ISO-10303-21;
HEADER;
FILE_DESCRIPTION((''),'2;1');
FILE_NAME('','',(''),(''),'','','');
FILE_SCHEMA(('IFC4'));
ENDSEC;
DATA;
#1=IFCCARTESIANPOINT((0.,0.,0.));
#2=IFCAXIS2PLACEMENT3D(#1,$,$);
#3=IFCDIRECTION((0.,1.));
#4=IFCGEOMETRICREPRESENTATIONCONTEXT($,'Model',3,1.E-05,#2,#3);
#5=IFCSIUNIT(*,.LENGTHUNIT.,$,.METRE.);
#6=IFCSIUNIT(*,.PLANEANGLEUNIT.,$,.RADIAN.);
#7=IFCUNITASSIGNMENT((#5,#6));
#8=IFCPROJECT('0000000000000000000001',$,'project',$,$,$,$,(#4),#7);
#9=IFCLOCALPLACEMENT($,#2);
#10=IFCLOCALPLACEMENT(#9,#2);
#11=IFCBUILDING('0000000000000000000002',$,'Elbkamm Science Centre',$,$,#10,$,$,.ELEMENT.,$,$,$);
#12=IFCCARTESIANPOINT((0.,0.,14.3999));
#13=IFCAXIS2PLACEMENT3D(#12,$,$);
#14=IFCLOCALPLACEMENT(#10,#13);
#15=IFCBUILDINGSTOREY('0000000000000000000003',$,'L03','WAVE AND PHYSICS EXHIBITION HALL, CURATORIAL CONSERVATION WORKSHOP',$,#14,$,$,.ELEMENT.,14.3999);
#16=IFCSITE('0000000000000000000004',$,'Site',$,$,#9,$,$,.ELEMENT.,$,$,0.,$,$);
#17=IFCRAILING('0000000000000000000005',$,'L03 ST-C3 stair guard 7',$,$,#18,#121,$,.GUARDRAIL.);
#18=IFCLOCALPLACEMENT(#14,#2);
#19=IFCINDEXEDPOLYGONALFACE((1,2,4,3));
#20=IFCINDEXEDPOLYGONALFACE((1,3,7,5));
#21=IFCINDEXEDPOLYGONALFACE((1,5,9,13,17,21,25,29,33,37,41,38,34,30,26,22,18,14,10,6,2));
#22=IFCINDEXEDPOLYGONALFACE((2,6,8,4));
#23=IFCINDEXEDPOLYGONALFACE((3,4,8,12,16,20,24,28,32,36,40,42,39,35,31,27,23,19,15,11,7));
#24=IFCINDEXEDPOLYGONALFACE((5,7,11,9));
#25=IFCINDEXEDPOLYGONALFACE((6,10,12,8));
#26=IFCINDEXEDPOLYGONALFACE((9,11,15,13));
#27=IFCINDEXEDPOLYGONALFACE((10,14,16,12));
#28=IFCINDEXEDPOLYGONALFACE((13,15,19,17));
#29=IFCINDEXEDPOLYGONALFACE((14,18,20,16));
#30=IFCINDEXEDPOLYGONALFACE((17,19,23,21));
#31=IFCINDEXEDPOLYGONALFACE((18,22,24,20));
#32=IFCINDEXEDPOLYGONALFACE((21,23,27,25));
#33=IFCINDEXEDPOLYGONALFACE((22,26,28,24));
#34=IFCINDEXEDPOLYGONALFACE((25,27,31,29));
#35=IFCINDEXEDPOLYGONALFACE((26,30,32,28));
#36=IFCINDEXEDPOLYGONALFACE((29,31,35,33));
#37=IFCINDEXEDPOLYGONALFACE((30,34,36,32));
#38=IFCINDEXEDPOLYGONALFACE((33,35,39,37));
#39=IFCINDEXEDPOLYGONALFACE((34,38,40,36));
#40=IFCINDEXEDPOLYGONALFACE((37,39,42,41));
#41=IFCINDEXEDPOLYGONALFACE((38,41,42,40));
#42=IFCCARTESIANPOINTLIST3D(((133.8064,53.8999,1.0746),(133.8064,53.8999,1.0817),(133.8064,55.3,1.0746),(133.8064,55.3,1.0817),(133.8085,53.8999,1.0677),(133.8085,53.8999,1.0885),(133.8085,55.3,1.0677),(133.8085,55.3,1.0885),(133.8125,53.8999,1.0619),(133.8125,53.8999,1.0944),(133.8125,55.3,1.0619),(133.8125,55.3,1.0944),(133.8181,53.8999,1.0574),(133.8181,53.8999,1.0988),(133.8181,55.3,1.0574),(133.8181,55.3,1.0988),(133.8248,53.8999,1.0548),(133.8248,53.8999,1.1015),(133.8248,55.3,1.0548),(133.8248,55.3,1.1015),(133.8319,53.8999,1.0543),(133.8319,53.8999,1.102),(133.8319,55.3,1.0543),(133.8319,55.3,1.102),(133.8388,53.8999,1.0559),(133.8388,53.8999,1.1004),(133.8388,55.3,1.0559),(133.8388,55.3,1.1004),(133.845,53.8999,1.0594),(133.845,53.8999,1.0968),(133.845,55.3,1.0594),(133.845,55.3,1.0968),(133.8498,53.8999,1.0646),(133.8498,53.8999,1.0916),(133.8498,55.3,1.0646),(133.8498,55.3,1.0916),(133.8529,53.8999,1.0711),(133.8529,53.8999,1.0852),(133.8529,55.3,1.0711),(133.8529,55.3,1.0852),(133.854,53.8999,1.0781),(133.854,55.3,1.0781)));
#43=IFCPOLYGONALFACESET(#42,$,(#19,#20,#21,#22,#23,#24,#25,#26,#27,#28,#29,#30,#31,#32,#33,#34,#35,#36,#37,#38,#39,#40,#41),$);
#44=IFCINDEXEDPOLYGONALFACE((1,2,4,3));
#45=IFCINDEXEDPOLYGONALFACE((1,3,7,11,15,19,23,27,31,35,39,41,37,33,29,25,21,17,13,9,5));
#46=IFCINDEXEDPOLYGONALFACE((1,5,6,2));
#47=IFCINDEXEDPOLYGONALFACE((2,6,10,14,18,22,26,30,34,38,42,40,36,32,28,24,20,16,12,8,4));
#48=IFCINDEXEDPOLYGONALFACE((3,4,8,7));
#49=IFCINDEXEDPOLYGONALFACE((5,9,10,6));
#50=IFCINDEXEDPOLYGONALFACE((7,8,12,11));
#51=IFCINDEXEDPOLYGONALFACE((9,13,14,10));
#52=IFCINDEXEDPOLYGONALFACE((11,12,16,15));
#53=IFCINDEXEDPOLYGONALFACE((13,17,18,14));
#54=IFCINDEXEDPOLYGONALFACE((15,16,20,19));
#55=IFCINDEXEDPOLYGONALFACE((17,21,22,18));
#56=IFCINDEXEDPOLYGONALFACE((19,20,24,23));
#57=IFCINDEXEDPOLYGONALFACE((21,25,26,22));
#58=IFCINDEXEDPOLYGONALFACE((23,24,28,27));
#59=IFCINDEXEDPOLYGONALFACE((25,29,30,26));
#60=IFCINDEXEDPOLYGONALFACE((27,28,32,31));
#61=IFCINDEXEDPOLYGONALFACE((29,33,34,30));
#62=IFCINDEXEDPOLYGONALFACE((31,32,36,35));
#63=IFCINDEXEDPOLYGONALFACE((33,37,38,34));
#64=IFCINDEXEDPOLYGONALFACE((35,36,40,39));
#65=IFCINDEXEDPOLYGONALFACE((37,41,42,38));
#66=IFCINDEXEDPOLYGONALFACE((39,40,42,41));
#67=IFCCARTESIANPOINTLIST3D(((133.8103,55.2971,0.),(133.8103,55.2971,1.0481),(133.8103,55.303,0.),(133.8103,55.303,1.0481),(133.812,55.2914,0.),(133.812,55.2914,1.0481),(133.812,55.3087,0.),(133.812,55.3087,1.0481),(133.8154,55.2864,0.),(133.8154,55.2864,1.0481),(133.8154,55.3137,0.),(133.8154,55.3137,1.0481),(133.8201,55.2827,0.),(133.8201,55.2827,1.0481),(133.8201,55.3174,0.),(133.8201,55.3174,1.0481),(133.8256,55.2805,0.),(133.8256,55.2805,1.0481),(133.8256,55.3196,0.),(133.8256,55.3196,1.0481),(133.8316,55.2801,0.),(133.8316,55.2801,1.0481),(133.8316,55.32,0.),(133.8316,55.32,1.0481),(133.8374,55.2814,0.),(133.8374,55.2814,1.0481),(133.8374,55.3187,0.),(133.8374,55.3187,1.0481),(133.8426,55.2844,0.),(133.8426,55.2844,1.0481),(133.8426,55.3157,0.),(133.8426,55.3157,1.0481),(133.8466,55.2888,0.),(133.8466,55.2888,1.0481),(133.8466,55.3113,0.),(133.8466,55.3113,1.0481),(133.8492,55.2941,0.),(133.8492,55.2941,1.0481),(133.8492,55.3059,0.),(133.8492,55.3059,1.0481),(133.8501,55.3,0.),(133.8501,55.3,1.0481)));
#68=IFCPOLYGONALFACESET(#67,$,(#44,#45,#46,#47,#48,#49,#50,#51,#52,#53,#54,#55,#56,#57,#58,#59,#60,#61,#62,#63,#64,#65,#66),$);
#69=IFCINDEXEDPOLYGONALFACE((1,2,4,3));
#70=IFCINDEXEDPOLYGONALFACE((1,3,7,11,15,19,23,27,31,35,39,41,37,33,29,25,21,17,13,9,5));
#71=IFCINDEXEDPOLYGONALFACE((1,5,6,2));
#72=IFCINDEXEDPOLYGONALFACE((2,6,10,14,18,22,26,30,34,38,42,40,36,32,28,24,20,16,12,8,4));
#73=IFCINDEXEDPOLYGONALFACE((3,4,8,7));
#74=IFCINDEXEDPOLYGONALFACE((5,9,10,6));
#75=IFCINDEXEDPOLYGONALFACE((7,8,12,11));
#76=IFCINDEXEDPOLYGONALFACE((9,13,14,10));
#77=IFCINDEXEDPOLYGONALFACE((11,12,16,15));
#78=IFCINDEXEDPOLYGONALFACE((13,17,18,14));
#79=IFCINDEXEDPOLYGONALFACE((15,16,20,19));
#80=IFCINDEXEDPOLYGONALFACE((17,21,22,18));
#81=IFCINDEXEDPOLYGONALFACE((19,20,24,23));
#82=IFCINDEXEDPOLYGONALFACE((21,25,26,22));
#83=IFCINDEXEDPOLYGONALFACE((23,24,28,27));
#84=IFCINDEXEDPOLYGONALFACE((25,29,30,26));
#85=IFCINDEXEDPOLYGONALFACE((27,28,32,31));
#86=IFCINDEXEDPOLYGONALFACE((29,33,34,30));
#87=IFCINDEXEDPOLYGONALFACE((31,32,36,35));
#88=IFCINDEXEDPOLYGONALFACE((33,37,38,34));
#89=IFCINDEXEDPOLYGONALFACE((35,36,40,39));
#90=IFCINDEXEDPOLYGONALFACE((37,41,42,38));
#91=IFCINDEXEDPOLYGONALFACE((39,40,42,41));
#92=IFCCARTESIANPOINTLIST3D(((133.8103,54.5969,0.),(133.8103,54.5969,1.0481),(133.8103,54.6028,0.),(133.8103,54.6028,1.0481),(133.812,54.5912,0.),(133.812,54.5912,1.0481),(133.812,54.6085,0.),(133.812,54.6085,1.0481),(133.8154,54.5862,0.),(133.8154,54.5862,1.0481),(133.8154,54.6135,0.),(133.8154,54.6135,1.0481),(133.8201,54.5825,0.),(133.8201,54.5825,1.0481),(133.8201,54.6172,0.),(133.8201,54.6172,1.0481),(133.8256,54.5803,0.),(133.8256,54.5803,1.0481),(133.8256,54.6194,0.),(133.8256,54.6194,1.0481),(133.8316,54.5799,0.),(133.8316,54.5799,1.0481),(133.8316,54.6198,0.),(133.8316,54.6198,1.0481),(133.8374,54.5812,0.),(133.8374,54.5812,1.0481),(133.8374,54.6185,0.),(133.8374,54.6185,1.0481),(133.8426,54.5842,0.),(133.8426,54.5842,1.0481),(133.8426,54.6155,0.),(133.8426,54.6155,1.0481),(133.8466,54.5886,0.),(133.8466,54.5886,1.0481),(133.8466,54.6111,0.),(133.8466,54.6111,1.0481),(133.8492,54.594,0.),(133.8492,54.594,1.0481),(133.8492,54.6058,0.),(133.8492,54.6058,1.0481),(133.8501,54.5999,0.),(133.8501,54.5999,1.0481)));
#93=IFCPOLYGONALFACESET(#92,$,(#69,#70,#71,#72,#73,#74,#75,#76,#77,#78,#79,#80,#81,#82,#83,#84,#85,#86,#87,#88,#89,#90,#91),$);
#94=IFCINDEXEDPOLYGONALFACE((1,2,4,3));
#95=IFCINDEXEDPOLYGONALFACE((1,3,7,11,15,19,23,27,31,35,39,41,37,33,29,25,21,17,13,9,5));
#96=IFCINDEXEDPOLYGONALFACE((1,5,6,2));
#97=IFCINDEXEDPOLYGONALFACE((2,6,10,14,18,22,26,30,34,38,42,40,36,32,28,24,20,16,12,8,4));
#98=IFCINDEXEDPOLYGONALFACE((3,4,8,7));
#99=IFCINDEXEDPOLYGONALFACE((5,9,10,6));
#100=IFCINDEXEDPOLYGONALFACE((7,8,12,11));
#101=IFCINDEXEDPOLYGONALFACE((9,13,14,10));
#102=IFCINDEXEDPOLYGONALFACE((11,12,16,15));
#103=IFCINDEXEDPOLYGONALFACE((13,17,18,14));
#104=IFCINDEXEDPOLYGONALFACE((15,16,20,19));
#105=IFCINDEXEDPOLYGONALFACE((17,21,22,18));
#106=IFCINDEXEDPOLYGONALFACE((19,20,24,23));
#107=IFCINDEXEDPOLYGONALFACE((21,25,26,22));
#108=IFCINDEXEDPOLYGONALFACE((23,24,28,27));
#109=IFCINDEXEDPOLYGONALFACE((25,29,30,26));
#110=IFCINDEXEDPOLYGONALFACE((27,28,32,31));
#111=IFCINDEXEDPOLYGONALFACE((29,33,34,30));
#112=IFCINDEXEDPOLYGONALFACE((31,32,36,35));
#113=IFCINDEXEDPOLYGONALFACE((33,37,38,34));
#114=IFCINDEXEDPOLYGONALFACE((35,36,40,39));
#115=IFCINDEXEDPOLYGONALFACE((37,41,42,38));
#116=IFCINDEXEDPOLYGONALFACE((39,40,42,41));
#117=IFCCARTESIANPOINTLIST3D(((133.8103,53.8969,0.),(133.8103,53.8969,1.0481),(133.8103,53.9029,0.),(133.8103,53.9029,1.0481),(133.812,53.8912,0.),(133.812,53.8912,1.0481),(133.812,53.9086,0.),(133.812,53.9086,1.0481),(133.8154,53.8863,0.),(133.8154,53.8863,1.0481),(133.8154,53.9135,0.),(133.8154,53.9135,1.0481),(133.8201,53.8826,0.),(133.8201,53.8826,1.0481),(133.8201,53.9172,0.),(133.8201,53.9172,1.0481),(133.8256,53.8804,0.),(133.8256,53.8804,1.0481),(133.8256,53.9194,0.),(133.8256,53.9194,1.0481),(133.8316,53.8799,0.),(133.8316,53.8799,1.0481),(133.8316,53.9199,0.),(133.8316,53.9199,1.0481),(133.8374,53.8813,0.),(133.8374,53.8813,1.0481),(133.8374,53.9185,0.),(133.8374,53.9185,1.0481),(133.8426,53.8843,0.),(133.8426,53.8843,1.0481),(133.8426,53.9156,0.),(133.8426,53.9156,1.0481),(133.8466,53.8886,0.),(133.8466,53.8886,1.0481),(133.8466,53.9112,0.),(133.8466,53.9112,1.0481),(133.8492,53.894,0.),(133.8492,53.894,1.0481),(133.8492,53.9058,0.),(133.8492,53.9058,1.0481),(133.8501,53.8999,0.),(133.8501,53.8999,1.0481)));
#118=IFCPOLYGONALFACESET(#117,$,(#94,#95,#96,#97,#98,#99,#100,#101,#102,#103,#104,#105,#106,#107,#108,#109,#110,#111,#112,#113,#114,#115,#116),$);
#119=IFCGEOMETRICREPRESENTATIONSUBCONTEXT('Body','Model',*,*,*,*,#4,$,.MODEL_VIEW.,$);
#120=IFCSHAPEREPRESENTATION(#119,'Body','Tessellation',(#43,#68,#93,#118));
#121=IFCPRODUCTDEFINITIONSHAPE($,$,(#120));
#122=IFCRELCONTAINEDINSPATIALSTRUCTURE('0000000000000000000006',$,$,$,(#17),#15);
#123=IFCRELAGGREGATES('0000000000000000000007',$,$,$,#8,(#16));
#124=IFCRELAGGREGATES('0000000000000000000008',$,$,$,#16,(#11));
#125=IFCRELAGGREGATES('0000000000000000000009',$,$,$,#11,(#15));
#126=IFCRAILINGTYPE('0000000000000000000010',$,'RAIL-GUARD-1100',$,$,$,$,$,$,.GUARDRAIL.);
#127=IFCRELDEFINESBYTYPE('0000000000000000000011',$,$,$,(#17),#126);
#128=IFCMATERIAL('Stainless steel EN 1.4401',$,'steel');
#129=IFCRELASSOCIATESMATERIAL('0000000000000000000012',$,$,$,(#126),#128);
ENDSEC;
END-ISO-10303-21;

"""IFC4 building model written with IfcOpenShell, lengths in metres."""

from ifc_helpers import new_model, si_unit, direction, frame, origin, origin_2d, place, context, subcontext, project, spatial, circle, extrude, material, type_object, element, save


model = new_model("IFC4")

# Units and contexts
model_context = context("Model", 3, precision=1e-05, world=origin(), true_north=direction((0.0, 1.0)))
body_context = subcontext(model_context, "Body", "Model", "MODEL_VIEW")
ifc_project = project(units=[si_unit("LENGTHUNIT", "METRE"), si_unit("PLANEANGLEUNIT", "RADIAN")], contexts=[model_context])

# Site, building, storey
site_placement = place(None, origin())
site = spatial("IfcSite", under=ifc_project, at=site_placement, Name="Site", CompositionType="ELEMENT", RefElevation=0.0)
building_placement = place(site_placement, origin())
building = spatial("IfcBuilding", under=site, at=building_placement, Name="Elbkamm Science Centre", CompositionType="ELEMENT")
storey_placement = place(building_placement, frame((0.0, 0.0, 14.3999)))
storey = spatial("IfcBuildingStorey", under=building, at=storey_placement, Name="L03", Description="WAVE AND PHYSICS EXHIBITION HALL, CURATORIAL CONSERVATION WORKSHOP", CompositionType="ELEMENT", Elevation=14.3999)

# Railing
ifc_material_1 = material(Name="Stainless steel EN 1.4401", Category="steel")
railing_type_1 = type_object("IfcRailingType", Name="RAIL-GUARD-1100", PredefinedType="GUARDRAIL", material=ifc_material_1)
railing_1_placement = place(storey_placement, frame((133.8301, 55.3, 0.0)))
element("IfcRailing", 1, at=railing_1_placement, inside=storey, type_object=railing_type_1, Name="L03 ST-C3 stair guard 7", PredefinedType="GUARDRAIL", context=body_context, shape_type="SweptSolid", body=[
    extrude(circle(Radius=0.0239, at=origin_2d()), frame((0.0, 0.0, 1.0781), z_axis=(0.0, -1.0, 0.0), x_axis=(1.0, 0.0, 0.0)), (0.0, 0.0, 1.0), 1.4001),
    extrude(circle(Radius=0.02, at=origin_2d()), origin(), (0.0, 0.0, 1.0), 1.0481),
    extrude(circle(Radius=0.02, at=origin_2d()), frame((0.0, -0.7002, 0.0)), (0.0, 0.0, 1.0), 1.0481),
    extrude(circle(Radius=0.02, at=origin_2d()), frame((0.0, -1.4001, 0.0)), (0.0, 0.0, 1.0), 1.0481),
])

save(model, "model.ifc")
